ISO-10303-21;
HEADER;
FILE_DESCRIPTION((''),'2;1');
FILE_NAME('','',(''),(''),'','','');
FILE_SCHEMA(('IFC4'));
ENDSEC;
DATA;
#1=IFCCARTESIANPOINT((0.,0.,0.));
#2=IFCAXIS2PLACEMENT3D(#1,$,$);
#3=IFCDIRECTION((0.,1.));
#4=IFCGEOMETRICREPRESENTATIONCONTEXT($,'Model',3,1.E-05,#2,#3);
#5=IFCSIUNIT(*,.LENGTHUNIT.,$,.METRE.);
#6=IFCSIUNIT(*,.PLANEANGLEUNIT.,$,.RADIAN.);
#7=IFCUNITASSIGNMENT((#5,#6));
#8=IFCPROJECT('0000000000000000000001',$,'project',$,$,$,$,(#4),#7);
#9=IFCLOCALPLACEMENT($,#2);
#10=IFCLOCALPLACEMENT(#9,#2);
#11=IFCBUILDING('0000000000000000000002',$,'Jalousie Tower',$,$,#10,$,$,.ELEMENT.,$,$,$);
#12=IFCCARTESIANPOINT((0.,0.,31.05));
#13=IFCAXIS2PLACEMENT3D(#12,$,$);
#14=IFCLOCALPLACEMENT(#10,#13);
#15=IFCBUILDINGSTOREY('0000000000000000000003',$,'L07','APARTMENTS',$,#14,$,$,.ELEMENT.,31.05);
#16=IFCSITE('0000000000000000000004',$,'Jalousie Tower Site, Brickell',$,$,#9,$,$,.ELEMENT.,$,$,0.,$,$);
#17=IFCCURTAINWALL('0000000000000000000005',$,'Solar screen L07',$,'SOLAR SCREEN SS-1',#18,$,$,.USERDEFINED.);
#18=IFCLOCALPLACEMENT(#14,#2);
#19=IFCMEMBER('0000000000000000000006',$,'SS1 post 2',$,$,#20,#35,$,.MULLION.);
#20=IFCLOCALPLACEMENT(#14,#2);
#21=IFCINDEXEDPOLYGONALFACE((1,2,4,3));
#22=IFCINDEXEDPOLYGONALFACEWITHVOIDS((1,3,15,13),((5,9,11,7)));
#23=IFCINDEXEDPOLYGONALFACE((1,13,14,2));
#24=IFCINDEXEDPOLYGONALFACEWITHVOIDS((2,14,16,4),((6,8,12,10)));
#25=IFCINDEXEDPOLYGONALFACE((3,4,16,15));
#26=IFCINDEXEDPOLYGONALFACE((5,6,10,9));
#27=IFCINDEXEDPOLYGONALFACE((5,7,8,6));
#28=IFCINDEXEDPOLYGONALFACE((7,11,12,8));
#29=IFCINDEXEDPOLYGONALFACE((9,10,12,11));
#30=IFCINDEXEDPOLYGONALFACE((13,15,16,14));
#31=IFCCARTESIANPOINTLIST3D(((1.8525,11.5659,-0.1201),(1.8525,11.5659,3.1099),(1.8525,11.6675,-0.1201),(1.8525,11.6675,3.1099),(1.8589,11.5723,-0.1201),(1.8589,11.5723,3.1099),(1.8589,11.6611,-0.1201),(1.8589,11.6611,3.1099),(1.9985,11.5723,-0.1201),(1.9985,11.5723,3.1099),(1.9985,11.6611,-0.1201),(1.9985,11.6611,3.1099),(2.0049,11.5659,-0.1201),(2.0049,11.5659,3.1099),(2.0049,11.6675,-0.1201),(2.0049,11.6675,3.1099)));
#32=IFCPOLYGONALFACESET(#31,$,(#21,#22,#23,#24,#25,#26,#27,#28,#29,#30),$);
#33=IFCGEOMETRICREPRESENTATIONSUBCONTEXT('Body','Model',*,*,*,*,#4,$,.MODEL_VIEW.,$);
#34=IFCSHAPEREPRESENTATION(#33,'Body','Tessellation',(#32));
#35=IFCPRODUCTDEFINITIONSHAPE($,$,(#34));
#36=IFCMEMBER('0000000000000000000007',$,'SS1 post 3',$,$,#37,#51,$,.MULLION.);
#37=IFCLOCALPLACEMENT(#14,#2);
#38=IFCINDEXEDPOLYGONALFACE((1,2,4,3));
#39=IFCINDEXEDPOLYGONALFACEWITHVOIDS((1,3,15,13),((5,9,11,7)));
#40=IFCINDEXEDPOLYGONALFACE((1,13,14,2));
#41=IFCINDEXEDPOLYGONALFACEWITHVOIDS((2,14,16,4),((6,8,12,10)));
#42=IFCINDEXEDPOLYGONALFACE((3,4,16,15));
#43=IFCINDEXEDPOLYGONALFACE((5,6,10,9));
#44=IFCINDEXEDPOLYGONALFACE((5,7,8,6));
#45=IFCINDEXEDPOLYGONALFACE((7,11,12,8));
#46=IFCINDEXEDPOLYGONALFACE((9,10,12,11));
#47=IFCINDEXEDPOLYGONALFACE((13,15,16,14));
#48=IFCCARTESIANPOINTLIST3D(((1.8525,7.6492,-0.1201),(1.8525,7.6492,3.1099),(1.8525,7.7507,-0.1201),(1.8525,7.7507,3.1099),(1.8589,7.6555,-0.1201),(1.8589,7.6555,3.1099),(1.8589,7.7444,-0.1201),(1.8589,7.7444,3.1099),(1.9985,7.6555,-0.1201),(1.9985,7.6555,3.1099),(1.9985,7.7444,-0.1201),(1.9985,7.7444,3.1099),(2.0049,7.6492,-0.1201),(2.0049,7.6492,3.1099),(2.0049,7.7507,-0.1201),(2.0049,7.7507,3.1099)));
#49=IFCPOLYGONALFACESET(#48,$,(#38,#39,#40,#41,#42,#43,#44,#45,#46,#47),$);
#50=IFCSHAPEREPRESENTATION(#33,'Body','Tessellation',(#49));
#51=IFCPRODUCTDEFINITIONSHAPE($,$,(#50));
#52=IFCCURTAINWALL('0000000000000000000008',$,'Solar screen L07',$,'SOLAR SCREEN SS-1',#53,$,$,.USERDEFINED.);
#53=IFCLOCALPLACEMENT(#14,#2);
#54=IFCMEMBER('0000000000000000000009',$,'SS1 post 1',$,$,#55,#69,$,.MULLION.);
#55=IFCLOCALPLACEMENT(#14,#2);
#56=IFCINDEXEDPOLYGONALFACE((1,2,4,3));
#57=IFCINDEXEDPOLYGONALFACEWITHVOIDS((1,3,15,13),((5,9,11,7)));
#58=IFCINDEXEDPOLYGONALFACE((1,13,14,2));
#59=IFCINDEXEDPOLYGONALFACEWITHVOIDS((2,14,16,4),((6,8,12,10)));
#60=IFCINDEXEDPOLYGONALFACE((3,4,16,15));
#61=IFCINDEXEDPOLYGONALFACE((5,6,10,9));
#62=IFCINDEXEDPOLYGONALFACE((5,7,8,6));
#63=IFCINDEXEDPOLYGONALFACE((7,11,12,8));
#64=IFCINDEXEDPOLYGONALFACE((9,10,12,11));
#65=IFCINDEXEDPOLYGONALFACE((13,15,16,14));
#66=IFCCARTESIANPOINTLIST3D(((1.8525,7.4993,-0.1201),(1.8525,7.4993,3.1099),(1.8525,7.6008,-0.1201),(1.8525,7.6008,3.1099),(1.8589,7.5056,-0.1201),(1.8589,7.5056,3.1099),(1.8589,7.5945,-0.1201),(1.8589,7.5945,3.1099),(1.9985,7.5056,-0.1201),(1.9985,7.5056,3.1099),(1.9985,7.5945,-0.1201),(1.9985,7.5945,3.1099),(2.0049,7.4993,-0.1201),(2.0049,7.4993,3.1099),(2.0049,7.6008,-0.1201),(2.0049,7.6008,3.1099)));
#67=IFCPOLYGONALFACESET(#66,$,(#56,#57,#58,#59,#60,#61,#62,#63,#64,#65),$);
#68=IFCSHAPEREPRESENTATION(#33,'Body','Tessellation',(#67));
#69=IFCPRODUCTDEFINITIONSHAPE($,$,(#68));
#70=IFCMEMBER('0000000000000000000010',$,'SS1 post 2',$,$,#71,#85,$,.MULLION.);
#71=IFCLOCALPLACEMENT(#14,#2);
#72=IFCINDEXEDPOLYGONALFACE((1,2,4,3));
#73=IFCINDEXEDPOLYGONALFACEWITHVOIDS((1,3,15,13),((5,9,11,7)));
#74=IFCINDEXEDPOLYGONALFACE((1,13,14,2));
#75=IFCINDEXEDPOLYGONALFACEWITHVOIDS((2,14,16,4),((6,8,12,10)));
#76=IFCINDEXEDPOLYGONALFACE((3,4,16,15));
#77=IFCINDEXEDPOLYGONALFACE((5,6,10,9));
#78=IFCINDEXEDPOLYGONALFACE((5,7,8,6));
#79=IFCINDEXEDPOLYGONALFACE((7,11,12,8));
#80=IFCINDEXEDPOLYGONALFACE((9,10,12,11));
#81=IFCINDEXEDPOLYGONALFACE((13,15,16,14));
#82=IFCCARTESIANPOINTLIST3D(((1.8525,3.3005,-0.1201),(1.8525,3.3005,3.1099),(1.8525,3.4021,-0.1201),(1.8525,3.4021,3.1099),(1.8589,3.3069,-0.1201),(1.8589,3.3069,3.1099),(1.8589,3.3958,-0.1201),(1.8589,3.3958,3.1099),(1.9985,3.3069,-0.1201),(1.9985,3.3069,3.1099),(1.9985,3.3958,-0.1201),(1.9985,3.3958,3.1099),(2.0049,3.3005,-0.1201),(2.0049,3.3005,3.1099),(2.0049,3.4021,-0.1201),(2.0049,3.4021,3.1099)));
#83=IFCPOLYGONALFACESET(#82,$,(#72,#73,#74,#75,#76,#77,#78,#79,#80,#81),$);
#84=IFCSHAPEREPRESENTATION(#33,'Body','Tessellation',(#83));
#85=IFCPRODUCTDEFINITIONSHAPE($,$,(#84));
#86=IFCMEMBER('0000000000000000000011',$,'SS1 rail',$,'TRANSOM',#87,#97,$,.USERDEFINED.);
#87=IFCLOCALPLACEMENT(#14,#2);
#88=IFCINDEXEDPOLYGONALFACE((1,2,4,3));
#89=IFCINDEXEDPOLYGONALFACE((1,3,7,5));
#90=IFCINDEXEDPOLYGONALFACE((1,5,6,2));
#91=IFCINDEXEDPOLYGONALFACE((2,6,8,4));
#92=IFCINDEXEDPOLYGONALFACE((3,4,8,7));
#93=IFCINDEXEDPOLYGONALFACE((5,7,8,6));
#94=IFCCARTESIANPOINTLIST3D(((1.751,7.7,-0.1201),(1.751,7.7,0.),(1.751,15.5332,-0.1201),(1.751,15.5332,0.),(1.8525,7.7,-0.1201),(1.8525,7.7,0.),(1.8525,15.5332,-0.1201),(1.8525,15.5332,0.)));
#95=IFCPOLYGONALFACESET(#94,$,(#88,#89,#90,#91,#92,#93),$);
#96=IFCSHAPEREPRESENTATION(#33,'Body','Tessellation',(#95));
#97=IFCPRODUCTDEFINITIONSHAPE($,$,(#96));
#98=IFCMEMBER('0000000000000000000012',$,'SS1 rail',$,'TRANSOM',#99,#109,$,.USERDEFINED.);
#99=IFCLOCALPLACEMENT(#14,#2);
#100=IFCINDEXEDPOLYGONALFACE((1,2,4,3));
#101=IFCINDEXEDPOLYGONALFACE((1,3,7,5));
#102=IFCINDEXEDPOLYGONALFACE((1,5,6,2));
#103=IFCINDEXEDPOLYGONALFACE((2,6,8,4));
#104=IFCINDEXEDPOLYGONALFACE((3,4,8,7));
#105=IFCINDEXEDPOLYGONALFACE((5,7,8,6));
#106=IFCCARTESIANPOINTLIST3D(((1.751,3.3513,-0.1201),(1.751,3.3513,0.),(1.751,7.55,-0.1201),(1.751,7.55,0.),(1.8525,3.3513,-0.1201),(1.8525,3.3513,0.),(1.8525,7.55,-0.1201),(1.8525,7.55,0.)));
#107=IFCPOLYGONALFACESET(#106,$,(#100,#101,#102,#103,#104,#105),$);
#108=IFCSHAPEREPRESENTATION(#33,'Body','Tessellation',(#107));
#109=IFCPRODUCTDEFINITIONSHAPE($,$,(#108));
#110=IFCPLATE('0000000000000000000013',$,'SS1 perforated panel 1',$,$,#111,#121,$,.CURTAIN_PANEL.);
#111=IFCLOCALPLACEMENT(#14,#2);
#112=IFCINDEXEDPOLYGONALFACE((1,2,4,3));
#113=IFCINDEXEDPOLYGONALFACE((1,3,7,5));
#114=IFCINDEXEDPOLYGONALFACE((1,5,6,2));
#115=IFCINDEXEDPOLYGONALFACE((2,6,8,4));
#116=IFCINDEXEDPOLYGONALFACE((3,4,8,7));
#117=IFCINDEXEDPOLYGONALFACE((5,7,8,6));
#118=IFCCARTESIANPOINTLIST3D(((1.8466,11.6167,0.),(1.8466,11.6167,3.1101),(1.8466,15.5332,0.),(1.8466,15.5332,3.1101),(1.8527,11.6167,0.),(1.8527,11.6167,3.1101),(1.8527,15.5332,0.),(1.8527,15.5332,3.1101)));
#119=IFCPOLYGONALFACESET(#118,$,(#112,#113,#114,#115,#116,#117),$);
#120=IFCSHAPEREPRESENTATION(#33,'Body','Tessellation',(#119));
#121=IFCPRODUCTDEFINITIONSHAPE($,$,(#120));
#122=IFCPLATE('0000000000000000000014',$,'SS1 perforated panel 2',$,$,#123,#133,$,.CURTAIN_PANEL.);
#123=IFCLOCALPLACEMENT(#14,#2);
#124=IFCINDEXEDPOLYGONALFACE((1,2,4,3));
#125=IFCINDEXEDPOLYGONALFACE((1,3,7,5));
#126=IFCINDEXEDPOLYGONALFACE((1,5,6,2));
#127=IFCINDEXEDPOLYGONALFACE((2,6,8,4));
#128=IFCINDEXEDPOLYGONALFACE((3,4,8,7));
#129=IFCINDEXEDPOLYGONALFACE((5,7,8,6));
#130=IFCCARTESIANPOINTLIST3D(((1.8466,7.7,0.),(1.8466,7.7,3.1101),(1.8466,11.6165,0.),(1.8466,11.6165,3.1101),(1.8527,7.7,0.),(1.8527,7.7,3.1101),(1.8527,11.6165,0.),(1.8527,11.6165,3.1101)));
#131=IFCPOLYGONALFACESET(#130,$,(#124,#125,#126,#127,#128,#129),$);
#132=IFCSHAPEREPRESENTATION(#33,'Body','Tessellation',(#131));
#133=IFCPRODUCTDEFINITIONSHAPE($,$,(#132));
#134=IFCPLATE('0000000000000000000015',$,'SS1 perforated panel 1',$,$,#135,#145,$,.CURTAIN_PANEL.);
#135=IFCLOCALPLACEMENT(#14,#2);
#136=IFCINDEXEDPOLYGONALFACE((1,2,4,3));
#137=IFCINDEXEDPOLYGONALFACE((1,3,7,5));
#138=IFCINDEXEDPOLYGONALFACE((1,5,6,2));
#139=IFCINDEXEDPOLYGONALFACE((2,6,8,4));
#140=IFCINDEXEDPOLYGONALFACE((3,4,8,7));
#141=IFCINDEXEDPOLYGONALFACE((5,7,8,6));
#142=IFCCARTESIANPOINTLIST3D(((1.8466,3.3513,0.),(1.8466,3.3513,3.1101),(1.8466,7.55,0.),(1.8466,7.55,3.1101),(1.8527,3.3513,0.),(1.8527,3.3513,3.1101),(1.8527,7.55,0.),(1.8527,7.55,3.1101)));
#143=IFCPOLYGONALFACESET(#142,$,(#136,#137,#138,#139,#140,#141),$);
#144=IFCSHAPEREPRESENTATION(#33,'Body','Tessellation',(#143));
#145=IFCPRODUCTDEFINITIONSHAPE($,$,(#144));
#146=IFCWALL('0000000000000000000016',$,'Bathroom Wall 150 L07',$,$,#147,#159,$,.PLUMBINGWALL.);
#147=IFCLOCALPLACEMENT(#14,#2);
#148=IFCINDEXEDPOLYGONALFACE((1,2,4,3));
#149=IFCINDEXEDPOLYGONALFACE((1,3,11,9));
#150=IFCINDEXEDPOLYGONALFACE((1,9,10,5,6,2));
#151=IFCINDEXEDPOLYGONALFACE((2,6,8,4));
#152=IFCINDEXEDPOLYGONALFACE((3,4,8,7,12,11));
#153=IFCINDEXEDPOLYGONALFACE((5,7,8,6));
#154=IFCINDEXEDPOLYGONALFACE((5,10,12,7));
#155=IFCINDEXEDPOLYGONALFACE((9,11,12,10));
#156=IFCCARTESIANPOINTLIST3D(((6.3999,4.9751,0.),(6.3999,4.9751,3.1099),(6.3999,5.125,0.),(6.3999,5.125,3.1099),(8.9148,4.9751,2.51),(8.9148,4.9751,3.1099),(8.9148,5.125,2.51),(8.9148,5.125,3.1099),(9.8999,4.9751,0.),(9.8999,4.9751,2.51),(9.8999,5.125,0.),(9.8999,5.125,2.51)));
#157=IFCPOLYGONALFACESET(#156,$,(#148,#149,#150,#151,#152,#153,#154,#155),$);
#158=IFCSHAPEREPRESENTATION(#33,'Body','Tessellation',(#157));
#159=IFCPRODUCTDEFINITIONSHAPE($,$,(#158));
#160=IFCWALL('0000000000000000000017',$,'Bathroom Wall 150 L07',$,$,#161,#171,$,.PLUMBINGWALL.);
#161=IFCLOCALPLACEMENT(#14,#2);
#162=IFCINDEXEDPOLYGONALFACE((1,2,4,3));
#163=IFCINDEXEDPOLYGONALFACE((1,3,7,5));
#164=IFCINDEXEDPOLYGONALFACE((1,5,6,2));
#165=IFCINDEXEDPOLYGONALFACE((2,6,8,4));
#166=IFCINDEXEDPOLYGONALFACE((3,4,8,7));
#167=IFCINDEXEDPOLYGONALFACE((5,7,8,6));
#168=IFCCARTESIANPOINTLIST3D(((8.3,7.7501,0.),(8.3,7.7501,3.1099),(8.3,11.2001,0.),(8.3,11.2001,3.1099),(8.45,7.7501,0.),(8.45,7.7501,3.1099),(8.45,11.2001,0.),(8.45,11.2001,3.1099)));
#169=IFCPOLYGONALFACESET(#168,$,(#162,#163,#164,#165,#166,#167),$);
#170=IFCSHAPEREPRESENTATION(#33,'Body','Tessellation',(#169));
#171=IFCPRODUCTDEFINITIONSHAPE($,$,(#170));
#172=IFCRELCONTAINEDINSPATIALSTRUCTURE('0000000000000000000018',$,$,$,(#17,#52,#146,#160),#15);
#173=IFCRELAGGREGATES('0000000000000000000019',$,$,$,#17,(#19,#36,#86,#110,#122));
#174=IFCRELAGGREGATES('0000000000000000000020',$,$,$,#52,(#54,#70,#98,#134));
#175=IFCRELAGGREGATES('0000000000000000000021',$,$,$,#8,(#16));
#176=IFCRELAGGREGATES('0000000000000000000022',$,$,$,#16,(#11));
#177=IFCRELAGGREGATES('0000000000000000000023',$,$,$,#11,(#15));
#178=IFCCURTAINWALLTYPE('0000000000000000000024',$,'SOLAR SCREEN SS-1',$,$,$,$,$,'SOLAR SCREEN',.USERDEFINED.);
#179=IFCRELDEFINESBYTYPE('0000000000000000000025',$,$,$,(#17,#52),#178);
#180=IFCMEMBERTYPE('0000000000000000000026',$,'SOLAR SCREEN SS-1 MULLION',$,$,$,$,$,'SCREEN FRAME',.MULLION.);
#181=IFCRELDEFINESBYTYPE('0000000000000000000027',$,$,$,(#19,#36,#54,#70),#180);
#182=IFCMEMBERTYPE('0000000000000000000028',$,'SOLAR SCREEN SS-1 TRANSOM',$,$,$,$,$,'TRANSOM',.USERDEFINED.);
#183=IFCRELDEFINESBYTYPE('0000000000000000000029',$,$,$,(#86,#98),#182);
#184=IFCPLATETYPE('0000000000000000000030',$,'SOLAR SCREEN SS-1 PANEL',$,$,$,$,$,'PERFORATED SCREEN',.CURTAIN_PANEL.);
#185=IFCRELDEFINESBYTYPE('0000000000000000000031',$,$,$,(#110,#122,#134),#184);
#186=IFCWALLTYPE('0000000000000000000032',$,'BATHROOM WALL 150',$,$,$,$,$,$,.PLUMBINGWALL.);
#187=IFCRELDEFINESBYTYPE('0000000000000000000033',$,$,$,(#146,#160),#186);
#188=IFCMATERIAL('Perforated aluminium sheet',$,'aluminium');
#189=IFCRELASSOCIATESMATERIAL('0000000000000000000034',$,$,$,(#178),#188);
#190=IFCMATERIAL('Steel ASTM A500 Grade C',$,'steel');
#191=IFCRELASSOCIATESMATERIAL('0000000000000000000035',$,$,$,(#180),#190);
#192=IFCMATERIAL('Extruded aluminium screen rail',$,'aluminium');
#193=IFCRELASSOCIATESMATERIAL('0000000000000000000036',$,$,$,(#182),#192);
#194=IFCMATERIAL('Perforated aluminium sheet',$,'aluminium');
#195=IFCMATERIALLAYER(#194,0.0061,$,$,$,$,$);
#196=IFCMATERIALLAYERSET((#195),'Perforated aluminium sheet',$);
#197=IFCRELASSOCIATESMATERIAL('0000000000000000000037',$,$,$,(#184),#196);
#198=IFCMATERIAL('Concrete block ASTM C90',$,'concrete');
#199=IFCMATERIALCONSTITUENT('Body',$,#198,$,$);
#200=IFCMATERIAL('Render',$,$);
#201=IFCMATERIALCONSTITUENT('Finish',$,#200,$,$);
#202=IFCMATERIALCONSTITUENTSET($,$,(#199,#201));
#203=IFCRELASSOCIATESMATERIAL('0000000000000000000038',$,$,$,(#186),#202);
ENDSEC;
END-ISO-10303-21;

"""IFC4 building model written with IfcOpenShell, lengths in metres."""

from ifc_helpers import new_model, si_unit, direction, frame, frame_2d, origin, origin_2d, place, context, subcontext, project, spatial, polyline, rectangle, hollow_rectangle, outline, extrude, material, layer, layer_set, constituent, constituent_set, material_profile, profile_set, type_object, element, aggregate, save


model = new_model("IFC4")

# Units and contexts
model_context = context("Model", 3, precision=1e-05, world=origin(), true_north=direction((0.0, 1.0)))
body_context = subcontext(model_context, "Body", "Model", "MODEL_VIEW")
ifc_project = project(units=[si_unit("LENGTHUNIT", "METRE"), si_unit("PLANEANGLEUNIT", "RADIAN")], contexts=[model_context])

# Site, building, storey
site_placement = place(None, origin())
site = spatial("IfcSite", under=ifc_project, at=site_placement, Name="Jalousie Tower Site, Brickell", CompositionType="ELEMENT", RefElevation=0.0)
building_placement = place(site_placement, origin())
building = spatial("IfcBuilding", under=site, at=building_placement, Name="Jalousie Tower", CompositionType="ELEMENT")
storey_placement = place(building_placement, frame((0.0, 0.0, 31.05)))
storey = spatial("IfcBuildingStorey", under=building, at=storey_placement, Name="L07", Description="APARTMENTS", CompositionType="ELEMENT", Elevation=31.05)

# Curtain walls, members
ifc_material_1 = material(Name="Perforated aluminium sheet", Category="aluminium")
curtain_wall_type_1 = type_object("IfcCurtainWallType", Name="SOLAR SCREEN SS-1", ElementType="SOLAR SCREEN", PredefinedType="USERDEFINED", material=ifc_material_1)
curtain_wall_1_placement = place(storey_placement, origin())
curtain_wall_1 = element("IfcCurtainWall", 1, at=curtain_wall_1_placement, inside=storey, type_object=curtain_wall_type_1, Name="Solar screen L07", ObjectType="SOLAR SCREEN SS-1", PredefinedType="USERDEFINED")
ifc_material_2 = material(Name="Steel ASTM A500 Grade C", Category="steel")
ifc_material_profile_1 = material_profile(ifc_material_2, hollow_rectangle(XDim=0.1016, YDim=0.1523, WallThickness=0.0063, at=origin_2d()), Name="HSS6X4X1/4")
ifc_profile_set_1 = profile_set([ifc_material_profile_1], Name="Steel ASTM A500 Grade C")
member_type_1 = type_object("IfcMemberType", Name="SOLAR SCREEN SS-1 MULLION", ElementType="SCREEN FRAME", PredefinedType="MULLION", material=ifc_profile_set_1)
member_1_placement = place(storey_placement, frame((1.9287, 11.6167, -0.1201), z_axis=(0.0, 0.0, 1.0), x_axis=(0.0, -1.0, 0.0)))
member_1 = element("IfcMember", 2, at=member_1_placement, type_object=member_type_1, Name="SS1 post 2", PredefinedType="MULLION", context=body_context, shape_type="SweptSolid", body=[
    extrude(hollow_rectangle(XDim=0.1016, YDim=0.1523, WallThickness=0.0063, at=origin_2d()), origin(), (0.0, 0.0, 1.0), 3.23),
])
member_2_placement = place(storey_placement, frame((1.9287, 7.7, -0.1201), z_axis=(0.0, 0.0, 1.0), x_axis=(0.0, -1.0, 0.0)))
member_2 = element("IfcMember", 3, at=member_2_placement, type_object=member_type_1, Name="SS1 post 3", PredefinedType="MULLION", context=body_context, shape_type="SweptSolid", body=[
    extrude(hollow_rectangle(XDim=0.1016, YDim=0.1523, WallThickness=0.0063, at=origin_2d()), origin(), (0.0, 0.0, 1.0), 3.23),
])
curtain_wall_2_placement = place(storey_placement, origin())
curtain_wall_2 = element("IfcCurtainWall", 4, at=curtain_wall_2_placement, inside=storey, type_object=curtain_wall_type_1, Name="Solar screen L07", ObjectType="SOLAR SCREEN SS-1", PredefinedType="USERDEFINED")
member_3_placement = place(storey_placement, frame((1.9287, 7.55, -0.1201), z_axis=(0.0, 0.0, 1.0), x_axis=(0.0, -1.0, 0.0)))
member_3 = element("IfcMember", 5, at=member_3_placement, type_object=member_type_1, Name="SS1 post 1", PredefinedType="MULLION", context=body_context, shape_type="SweptSolid", body=[
    extrude(hollow_rectangle(XDim=0.1016, YDim=0.1523, WallThickness=0.0063, at=origin_2d()), origin(), (0.0, 0.0, 1.0), 3.23),
])
member_4_placement = place(storey_placement, frame((1.9287, 3.3513, -0.1201), z_axis=(0.0, 0.0, 1.0), x_axis=(0.0, -1.0, 0.0)))
member_4 = element("IfcMember", 6, at=member_4_placement, type_object=member_type_1, Name="SS1 post 2", PredefinedType="MULLION", context=body_context, shape_type="SweptSolid", body=[
    extrude(hollow_rectangle(XDim=0.1016, YDim=0.1523, WallThickness=0.0063, at=origin_2d()), origin(), (0.0, 0.0, 1.0), 3.23),
])

# Members
ifc_material_3 = material(Name="Extruded aluminium screen rail", Category="aluminium")
ifc_material_profile_2 = material_profile(ifc_material_3, rectangle(XDim=0.1016, YDim=0.1201, at=origin_2d()), Name="RAIL 102x120")
ifc_profile_set_2 = profile_set([ifc_material_profile_2], Name="Extruded aluminium screen rail")
member_type_2 = type_object("IfcMemberType", Name="SOLAR SCREEN SS-1 TRANSOM", ElementType="TRANSOM", PredefinedType="USERDEFINED", material=ifc_profile_set_2)
member_5_placement = place(storey_placement, frame((1.8018, 15.5332, -0.0601), z_axis=(0.0, -1.0, 0.0), x_axis=(1.0, 0.0, 0.0)))
member_5 = element("IfcMember", 7, at=member_5_placement, type_object=member_type_2, Name="SS1 rail", ObjectType="TRANSOM", PredefinedType="USERDEFINED", context=body_context, shape_type="SweptSolid", body=[
    extrude(rectangle(XDim=0.1016, YDim=0.1201, at=origin_2d()), origin(), (0.0, 0.0, 1.0), 7.8333),
])
member_6_placement = place(storey_placement, frame((1.8018, 7.55, -0.0601), z_axis=(0.0, -1.0, 0.0), x_axis=(1.0, 0.0, 0.0)))
member_6 = element("IfcMember", 8, at=member_6_placement, type_object=member_type_2, Name="SS1 rail", ObjectType="TRANSOM", PredefinedType="USERDEFINED", context=body_context, shape_type="SweptSolid", body=[
    extrude(rectangle(XDim=0.1016, YDim=0.1201, at=origin_2d()), origin(), (0.0, 0.0, 1.0), 4.1987),
])

# Plates
ifc_material_4 = material(Name="Perforated aluminium sheet", Category="aluminium")
ifc_layer_1 = layer(ifc_material_4, 0.0061)
ifc_layer_set_1 = layer_set([ifc_layer_1], Name="Perforated aluminium sheet")
plate_type = type_object("IfcPlateType", Name="SOLAR SCREEN SS-1 PANEL", ElementType="PERFORATED SCREEN", PredefinedType="CURTAIN_PANEL", material=ifc_layer_set_1)
plate_1_placement = place(storey_placement, frame((1.8496, 13.575, 0.0), z_axis=(0.0, 0.0, 1.0), x_axis=(0.0, -1.0, 0.0)))
plate_1 = element("IfcPlate", 9, at=plate_1_placement, type_object=plate_type, Name="SS1 perforated panel 1", PredefinedType="CURTAIN_PANEL", context=body_context, shape_type="SweptSolid", body=[
    extrude(rectangle(XDim=3.9165, YDim=0.0061, at=origin_2d()), origin(), (0.0, 0.0, 1.0), 3.1101),
])
plate_2_placement = place(storey_placement, frame((1.8496, 9.6582, 0.0), z_axis=(0.0, 0.0, 1.0), x_axis=(0.0, -1.0, 0.0)))
plate_2 = element("IfcPlate", 10, at=plate_2_placement, type_object=plate_type, Name="SS1 perforated panel 2", PredefinedType="CURTAIN_PANEL", context=body_context, shape_type="SweptSolid", body=[
    extrude(rectangle(XDim=3.9165, YDim=0.0061, at=origin_2d()), origin(), (0.0, 0.0, 1.0), 3.1101),
])
aggregate(curtain_wall_1, [member_1, member_2, member_5, plate_1, plate_2])
plate_3_placement = place(storey_placement, frame((1.8496, 5.4507, 0.0), z_axis=(0.0, 0.0, 1.0), x_axis=(0.0, -1.0, 0.0)))
plate_3 = element("IfcPlate", 11, at=plate_3_placement, type_object=plate_type, Name="SS1 perforated panel 1", PredefinedType="CURTAIN_PANEL", context=body_context, shape_type="SweptSolid", body=[
    extrude(rectangle(XDim=4.1987, YDim=0.0061, at=origin_2d()), origin(), (0.0, 0.0, 1.0), 3.1101),
])
aggregate(curtain_wall_2, [member_3, member_4, member_6, plate_3])

# Walls
ifc_material_5 = material(Name="Concrete block ASTM C90", Category="concrete")
ifc_constituent_1 = constituent(ifc_material_5, Name="Body")
ifc_material_6 = material(Name="Render")
ifc_constituent_2 = constituent(ifc_material_6, Name="Finish")
ifc_constituent_set_1 = constituent_set(constituents=[ifc_constituent_1, ifc_constituent_2])
wall_type_1 = type_object("IfcWallType", Name="BATHROOM WALL 150", PredefinedType="PLUMBINGWALL", material=ifc_constituent_set_1)
wall_1_placement = place(storey_placement, frame((6.3999, 5.05, 0.0), z_axis=(0.0, 0.0, 1.0), x_axis=(1.0, 0.0, 0.0)))
element("IfcWall", 12, at=wall_1_placement, inside=storey, type_object=wall_type_1, Name="Bathroom Wall 150 L07", PredefinedType="PLUMBINGWALL", context=body_context, shape_type="SweptSolid", body=[
    extrude(outline(polyline([(0.0, 0.0), (3.5, 0.0), (3.5, 3.1099), (3.5, 2.51), (2.5149, 2.51), (2.5149, 3.1099), (0.0, 3.1099), (0.0, 0.0)])), frame((0.0, 0.075, 0.0), z_axis=(0.0, -1.0, 0.0), x_axis=(1.0, 0.0, 0.0)), (0.0, 0.0, 1.0), 0.1499),
])
wall_2_placement = place(storey_placement, frame((8.375, 7.75, 0.0), z_axis=(0.0, 0.0, 1.0), x_axis=(0.0, 1.0, 0.0)))
element("IfcWall", 13, at=wall_2_placement, inside=storey, type_object=wall_type_1, Name="Bathroom Wall 150 L07", PredefinedType="PLUMBINGWALL", context=body_context, shape_type="SweptSolid", body=[
    extrude(rectangle(XDim=3.45, YDim=0.1499, at=frame_2d((1.7251, 0.0))), origin(), (0.0, 0.0, 1.0), 3.1099),
])

save(model, "model.ifc")
